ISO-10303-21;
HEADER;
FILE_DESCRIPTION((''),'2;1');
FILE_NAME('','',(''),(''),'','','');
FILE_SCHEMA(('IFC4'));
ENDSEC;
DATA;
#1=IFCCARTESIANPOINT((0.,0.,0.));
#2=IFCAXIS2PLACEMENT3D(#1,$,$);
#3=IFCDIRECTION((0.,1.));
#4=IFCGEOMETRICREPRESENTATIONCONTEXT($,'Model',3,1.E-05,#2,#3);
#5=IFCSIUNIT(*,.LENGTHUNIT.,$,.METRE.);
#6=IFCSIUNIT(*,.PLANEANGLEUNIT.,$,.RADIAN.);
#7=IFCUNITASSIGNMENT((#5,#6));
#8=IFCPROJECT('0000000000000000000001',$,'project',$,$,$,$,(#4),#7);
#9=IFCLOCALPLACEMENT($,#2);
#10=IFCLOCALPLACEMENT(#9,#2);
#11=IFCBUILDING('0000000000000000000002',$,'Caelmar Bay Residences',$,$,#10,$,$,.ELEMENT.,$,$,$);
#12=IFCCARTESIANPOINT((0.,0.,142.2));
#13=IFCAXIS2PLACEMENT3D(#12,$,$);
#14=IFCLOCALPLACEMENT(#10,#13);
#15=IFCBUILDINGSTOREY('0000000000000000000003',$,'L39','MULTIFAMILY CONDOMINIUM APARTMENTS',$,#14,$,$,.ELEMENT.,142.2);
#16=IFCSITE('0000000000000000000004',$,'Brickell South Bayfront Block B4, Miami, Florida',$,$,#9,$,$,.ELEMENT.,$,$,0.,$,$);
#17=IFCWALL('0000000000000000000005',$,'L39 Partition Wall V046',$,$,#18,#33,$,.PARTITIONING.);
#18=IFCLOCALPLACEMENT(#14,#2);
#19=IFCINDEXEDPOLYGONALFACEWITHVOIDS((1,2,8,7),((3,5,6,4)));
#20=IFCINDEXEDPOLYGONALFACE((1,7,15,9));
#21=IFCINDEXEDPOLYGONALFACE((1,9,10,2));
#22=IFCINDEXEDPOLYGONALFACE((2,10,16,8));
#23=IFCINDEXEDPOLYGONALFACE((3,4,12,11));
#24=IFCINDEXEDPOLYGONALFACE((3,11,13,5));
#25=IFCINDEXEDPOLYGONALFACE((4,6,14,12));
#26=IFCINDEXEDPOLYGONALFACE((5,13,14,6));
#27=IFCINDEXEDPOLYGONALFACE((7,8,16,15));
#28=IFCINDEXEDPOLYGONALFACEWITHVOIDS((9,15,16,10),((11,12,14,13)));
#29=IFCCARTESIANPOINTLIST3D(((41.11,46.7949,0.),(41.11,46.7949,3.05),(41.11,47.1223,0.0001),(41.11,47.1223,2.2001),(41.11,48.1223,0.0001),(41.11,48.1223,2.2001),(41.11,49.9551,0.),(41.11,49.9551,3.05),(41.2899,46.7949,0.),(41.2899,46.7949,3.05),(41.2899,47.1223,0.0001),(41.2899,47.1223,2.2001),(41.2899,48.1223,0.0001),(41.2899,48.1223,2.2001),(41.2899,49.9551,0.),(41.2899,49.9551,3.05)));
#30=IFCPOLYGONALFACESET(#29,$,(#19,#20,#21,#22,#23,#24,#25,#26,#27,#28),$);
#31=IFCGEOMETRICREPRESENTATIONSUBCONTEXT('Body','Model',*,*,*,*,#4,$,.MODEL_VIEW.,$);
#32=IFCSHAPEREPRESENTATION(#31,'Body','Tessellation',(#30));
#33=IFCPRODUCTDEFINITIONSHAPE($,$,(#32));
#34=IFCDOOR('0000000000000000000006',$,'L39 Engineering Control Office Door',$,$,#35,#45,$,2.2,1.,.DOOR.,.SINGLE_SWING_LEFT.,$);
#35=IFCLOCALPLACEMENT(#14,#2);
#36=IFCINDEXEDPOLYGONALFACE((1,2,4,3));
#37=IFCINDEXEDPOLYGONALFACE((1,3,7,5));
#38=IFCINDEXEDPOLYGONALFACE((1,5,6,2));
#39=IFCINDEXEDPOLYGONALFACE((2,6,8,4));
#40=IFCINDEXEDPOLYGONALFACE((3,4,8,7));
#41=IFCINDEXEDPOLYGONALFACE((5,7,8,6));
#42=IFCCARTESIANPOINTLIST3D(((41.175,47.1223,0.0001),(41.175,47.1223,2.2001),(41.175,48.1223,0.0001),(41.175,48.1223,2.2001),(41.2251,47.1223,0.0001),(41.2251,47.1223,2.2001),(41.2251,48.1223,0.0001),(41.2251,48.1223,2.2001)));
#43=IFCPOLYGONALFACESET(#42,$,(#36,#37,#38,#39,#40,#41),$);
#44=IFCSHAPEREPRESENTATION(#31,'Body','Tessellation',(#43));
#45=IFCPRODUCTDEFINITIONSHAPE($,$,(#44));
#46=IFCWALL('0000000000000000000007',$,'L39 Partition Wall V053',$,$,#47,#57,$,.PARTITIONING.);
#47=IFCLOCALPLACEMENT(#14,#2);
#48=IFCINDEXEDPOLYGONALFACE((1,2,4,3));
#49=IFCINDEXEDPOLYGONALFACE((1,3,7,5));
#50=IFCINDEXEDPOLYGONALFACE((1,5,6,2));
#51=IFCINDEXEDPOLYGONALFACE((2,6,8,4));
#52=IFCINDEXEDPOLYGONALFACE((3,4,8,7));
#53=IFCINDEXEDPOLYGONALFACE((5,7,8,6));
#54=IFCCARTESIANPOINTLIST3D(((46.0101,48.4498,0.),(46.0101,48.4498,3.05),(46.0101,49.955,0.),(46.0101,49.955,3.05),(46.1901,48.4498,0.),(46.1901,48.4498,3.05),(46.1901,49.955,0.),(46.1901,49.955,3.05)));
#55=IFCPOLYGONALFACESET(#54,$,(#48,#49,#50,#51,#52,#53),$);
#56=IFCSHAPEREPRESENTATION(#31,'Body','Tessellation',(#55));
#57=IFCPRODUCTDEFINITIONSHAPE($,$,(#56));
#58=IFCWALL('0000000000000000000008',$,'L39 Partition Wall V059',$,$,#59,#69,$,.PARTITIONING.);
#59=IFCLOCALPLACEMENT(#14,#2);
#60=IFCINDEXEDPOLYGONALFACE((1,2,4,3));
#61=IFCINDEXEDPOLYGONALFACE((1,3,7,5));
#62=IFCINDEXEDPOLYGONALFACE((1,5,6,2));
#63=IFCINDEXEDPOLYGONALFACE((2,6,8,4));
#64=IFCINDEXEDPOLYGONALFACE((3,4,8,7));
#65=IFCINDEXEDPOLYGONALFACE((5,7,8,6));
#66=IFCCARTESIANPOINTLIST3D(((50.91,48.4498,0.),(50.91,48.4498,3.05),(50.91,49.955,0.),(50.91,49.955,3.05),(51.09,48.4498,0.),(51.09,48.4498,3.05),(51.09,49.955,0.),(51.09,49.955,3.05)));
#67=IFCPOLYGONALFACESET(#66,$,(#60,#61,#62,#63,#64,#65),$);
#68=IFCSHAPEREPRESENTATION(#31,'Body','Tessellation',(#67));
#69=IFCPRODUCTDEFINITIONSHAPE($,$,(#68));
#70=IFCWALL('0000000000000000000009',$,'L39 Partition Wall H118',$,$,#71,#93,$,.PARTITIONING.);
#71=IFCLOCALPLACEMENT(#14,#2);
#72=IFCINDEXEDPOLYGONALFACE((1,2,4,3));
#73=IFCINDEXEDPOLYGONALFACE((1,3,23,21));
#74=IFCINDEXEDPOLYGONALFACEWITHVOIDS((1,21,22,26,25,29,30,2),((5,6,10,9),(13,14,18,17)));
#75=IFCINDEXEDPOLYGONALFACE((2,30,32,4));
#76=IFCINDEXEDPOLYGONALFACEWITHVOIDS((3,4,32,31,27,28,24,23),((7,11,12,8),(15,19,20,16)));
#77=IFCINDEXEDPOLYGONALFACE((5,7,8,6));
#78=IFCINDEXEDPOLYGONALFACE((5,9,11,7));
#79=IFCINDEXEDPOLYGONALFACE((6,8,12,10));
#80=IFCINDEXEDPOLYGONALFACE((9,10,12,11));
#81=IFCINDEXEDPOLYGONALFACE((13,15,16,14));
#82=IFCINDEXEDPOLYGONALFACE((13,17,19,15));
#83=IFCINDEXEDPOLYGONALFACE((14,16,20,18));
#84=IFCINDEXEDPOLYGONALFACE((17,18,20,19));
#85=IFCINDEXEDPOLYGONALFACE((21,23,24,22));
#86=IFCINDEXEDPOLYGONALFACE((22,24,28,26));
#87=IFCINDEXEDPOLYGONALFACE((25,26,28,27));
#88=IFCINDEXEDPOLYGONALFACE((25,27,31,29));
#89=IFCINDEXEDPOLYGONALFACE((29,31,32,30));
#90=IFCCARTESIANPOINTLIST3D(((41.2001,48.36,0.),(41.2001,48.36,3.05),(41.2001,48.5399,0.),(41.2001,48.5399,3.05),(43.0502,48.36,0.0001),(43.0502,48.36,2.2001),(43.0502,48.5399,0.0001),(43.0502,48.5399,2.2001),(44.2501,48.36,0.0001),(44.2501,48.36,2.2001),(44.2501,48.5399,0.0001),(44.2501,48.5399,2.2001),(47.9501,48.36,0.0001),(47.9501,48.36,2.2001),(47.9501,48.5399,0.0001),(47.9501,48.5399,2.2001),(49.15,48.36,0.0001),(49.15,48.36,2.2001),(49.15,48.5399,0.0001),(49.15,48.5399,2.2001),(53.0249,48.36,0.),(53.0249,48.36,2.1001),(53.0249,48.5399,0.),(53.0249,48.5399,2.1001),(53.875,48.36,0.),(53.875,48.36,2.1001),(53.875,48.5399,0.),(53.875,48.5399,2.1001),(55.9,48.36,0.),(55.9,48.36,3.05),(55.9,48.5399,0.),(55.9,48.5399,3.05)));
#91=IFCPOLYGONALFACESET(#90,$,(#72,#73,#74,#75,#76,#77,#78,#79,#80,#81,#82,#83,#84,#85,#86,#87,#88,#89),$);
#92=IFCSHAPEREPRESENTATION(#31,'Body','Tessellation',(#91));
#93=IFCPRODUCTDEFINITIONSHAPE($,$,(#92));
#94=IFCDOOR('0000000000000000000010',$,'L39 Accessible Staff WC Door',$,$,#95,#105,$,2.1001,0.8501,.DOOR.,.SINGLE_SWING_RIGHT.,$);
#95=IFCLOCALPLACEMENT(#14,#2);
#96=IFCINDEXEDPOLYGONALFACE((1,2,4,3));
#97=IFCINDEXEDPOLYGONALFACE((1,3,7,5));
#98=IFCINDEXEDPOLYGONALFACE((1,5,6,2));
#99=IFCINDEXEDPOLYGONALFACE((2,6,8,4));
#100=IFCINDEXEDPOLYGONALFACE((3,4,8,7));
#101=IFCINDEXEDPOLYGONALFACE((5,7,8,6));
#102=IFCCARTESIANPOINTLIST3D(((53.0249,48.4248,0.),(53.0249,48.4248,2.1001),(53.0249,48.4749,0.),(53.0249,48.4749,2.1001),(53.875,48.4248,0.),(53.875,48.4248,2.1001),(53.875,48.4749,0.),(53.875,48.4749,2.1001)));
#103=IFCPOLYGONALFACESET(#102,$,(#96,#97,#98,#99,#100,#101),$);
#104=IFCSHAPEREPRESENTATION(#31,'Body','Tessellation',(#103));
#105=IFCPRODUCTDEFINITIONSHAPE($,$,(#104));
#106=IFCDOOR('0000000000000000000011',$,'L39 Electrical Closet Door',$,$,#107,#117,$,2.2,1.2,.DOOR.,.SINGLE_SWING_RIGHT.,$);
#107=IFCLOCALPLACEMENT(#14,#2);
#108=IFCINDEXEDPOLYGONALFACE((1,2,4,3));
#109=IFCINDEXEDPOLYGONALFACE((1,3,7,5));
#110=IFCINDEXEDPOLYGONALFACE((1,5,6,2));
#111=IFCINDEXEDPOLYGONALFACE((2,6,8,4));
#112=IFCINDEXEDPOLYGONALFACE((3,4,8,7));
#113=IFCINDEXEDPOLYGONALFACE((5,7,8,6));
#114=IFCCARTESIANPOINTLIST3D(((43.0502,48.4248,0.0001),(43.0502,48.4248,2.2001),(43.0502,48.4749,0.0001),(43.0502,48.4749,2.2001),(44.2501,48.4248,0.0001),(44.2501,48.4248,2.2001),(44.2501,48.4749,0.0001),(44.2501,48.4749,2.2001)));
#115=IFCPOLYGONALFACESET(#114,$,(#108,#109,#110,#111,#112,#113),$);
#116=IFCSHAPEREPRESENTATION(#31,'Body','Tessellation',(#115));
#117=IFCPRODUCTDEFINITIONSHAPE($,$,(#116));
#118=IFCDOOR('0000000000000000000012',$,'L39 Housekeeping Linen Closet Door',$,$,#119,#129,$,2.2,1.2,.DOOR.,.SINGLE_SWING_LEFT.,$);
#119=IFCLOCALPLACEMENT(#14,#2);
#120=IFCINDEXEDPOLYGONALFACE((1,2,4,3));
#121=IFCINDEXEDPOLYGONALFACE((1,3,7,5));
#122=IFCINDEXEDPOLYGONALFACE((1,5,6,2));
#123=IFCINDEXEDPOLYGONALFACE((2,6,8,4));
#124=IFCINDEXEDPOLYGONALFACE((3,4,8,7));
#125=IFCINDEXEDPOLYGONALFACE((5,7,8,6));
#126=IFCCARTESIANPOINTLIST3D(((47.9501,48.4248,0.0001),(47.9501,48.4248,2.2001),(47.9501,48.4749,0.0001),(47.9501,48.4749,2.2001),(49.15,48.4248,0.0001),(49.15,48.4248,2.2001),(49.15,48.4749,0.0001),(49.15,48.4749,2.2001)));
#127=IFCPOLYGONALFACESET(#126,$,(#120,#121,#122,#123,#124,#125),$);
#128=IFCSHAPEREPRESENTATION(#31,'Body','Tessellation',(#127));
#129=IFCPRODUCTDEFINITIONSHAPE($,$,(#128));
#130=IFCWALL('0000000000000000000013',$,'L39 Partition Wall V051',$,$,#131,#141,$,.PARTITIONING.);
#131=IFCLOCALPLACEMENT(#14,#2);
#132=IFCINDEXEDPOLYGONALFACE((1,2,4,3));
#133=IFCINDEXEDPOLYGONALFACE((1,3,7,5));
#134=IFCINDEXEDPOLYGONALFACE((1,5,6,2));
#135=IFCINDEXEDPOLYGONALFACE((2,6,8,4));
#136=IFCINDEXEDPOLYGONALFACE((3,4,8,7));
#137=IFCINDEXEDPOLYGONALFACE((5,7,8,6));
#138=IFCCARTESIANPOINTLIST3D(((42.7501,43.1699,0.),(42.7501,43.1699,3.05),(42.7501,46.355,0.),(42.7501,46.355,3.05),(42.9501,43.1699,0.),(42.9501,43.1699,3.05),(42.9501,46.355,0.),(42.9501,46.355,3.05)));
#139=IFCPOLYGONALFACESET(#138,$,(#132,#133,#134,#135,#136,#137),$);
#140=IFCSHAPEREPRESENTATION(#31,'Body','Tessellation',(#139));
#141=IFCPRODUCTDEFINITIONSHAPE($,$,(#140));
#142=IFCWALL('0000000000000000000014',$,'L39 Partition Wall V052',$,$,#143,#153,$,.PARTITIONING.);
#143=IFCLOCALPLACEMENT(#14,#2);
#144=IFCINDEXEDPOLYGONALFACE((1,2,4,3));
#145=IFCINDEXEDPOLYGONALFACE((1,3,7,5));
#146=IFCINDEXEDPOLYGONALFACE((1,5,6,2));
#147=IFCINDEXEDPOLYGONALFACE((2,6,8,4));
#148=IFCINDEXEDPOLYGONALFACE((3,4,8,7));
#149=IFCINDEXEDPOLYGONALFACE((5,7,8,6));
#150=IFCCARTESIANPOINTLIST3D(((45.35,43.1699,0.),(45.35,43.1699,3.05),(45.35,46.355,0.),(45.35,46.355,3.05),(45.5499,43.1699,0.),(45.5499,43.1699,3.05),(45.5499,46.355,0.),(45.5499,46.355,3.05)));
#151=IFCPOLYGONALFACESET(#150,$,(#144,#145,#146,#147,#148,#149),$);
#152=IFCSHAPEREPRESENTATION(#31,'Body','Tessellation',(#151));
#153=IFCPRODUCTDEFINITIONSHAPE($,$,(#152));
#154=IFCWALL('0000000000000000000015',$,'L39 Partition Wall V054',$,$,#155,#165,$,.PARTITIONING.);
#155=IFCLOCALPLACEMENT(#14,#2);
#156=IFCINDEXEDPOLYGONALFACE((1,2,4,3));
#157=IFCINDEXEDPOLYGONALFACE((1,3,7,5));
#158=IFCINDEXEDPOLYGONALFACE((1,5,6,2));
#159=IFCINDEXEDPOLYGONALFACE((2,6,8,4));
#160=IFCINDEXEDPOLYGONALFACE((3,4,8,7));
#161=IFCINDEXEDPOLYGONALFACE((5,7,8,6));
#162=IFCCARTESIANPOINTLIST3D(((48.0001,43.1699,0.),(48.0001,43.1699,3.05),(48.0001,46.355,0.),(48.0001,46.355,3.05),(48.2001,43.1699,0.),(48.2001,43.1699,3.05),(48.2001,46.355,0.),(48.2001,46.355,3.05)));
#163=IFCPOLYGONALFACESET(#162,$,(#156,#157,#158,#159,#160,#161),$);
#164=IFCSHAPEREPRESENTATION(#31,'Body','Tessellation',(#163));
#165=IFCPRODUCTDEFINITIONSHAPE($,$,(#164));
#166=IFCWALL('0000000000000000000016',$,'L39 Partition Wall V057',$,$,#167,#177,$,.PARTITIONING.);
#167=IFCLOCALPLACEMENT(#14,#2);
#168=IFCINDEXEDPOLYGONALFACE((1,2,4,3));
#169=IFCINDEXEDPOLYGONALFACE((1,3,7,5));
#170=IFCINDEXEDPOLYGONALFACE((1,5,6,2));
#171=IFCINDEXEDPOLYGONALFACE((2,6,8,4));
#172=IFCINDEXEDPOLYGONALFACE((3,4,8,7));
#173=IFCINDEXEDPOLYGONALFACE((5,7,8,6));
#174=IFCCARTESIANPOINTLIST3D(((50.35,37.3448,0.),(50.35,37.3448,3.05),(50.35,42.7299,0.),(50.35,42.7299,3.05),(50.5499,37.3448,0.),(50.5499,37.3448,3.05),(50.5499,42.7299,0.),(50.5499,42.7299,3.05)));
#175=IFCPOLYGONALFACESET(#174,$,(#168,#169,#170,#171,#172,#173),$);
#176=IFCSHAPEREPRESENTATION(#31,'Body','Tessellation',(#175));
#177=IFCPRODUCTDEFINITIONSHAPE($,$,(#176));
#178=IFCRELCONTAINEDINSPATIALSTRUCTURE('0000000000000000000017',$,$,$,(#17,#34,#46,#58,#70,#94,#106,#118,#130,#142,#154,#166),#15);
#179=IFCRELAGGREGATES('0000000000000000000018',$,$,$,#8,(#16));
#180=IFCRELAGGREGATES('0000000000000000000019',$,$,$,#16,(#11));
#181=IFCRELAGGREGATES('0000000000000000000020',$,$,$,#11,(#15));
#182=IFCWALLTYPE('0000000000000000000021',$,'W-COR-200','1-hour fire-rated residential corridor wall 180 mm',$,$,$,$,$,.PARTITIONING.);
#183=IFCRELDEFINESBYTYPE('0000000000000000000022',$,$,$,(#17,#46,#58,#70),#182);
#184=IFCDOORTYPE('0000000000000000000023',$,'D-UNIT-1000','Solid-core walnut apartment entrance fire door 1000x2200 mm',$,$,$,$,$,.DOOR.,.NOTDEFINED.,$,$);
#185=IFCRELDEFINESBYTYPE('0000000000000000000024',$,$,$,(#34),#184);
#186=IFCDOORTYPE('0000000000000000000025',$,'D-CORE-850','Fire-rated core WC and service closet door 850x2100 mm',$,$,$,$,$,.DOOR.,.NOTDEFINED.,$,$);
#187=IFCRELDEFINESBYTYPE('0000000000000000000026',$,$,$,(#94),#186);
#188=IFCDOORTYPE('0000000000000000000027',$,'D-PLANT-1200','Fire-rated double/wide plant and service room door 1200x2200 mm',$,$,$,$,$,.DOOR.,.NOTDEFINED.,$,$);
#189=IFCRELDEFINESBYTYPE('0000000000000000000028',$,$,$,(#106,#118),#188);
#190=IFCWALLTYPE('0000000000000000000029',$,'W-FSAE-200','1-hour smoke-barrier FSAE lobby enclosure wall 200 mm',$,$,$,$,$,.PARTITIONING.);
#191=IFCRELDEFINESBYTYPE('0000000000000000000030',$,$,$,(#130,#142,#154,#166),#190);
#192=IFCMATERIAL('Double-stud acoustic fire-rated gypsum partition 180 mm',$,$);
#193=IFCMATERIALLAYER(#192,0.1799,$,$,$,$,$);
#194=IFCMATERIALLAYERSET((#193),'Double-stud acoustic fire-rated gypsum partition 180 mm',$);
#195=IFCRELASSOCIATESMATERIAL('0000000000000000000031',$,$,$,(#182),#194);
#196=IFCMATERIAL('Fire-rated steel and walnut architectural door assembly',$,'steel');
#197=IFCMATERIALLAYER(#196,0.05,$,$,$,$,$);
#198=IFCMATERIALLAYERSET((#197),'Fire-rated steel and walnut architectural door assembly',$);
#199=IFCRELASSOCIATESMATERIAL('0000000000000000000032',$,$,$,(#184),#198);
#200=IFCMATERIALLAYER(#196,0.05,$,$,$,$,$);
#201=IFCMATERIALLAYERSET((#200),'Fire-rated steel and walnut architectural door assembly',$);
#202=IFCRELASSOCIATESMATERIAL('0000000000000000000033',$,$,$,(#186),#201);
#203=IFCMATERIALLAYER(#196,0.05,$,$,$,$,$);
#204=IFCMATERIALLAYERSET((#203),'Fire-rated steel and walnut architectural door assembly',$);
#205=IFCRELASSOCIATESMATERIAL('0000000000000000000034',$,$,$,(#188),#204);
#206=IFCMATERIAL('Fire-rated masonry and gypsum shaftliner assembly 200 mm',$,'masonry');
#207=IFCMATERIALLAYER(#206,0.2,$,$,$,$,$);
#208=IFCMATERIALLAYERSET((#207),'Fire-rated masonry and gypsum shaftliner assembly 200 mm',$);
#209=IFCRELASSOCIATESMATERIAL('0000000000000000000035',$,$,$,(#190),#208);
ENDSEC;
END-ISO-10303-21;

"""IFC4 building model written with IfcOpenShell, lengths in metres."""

from ifc_helpers import new_model, si_unit, direction, frame, frame_2d, origin, place, context, subcontext, project, spatial, rectangle, extrude, material, layer, layer_set, type_object, element, fill, save


model = new_model("IFC4")

# Units and contexts
model_context = context("Model", 3, precision=1e-05, world=origin(), true_north=direction((0.0, 1.0)))
body_context = subcontext(model_context, "Body", "Model", "MODEL_VIEW")
ifc_project = project(units=[si_unit("LENGTHUNIT", "METRE"), si_unit("PLANEANGLEUNIT", "RADIAN")], contexts=[model_context])

# Site, building, storey
site_placement = place(None, origin())
site = spatial("IfcSite", under=ifc_project, at=site_placement, Name="Brickell South Bayfront Block B4, Miami, Florida", CompositionType="ELEMENT", RefElevation=0.0)
building_placement = place(site_placement, origin())
building = spatial("IfcBuilding", under=site, at=building_placement, Name="Caelmar Bay Residences", CompositionType="ELEMENT")
storey_placement = place(building_placement, frame((0.0, 0.0, 142.2)))
storey = spatial("IfcBuildingStorey", under=building, at=storey_placement, Name="L39", Description="MULTIFAMILY CONDOMINIUM APARTMENTS", CompositionType="ELEMENT", Elevation=142.2)

# Wall, opening, door
ifc_material_1 = material(Name="Double-stud acoustic fire-rated gypsum partition 180 mm")
ifc_layer_1 = layer(ifc_material_1, 0.1799)
ifc_layer_set_1 = layer_set([ifc_layer_1], Name="Double-stud acoustic fire-rated gypsum partition 180 mm")
wall_type_1 = type_object("IfcWallType", Name="W-COR-200", Description="1-hour fire-rated residential corridor wall 180 mm", PredefinedType="PARTITIONING", material=ifc_layer_set_1)
wall_1_placement = place(storey_placement, frame((41.2, 46.7949, 0.0), z_axis=(0.0, 0.0, 1.0), x_axis=(0.0, 1.0, 0.0)))
wall_1 = element("IfcWall", 1, at=wall_1_placement, inside=storey, type_object=wall_type_1, Name="L39 Partition Wall V046", PredefinedType="PARTITIONING", context=body_context, shape_type="SweptSolid", body=[
    extrude(rectangle(XDim=3.1602, YDim=0.1799, at=frame_2d((1.5801, 0.0))), origin(), (0.0, 0.0, 1.0), 3.05),
])
opening_1_placement = place(wall_1_placement, frame((0.3274, 0.0, 0.0)))
opening_1 = element("IfcOpeningElement", 2, at=opening_1_placement, cuts=wall_1, PredefinedType="OPENING", context=body_context, shape_type="SweptSolid", body=[
    extrude(rectangle(XDim=1.0, YDim=2.2, at=frame_2d((0.5, 1.1001))), frame((0.0, 0.0999, 0.0), z_axis=(0.0, -1.0, 0.0), x_axis=(1.0, 0.0, 0.0)), (0.0, 0.0, 1.0), 0.2),
])
ifc_material_2 = material(Name="Fire-rated steel and walnut architectural door assembly", Category="steel")
ifc_layer_2 = layer(ifc_material_2, 0.05)
ifc_layer_set_2 = layer_set([ifc_layer_2], Name="Fire-rated steel and walnut architectural door assembly")
door_type_1 = type_object("IfcDoorType", Name="D-UNIT-1000", Description="Solid-core walnut apartment entrance fire door 1000x2200 mm", OperationType="NOTDEFINED", PredefinedType="DOOR", material=ifc_layer_set_2)
door_1_placement = place(opening_1_placement, origin())
door_1 = element("IfcDoor", 3, at=door_1_placement, inside=storey, type_object=door_type_1, Name="L39 Engineering Control Office Door", OperationType="SINGLE_SWING_LEFT", OverallHeight=2.2, OverallWidth=1.0, PredefinedType="DOOR", context=body_context, shape_type="SweptSolid", body=[
    extrude(rectangle(XDim=1.0, YDim=2.2, at=frame_2d((0.5, 1.1001))), frame((0.0, 0.0249, 0.0), z_axis=(0.0, -1.0, 0.0), x_axis=(1.0, 0.0, 0.0)), (0.0, 0.0, 1.0), 0.05),
])
fill(opening_1, door_1)

# Walls
for number, where, z_axis, x_axis, name in (
    (4, (46.1001, 48.45, 0.0), (0.0, 0.0, 1.0), (0.0, 1.0, 0.0), "L39 Partition Wall V053"),
    (5, (51.0, 48.45, 0.0), (0.0, 0.0, 1.0), (0.0, 1.0, 0.0), "L39 Partition Wall V059"),
):
    element("IfcWall", number, at=place(storey_placement, frame(where, z_axis=z_axis, x_axis=x_axis)), inside=storey, type_object=wall_type_1, Name=name, PredefinedType="PARTITIONING", context=body_context, shape_type="SweptSolid", body=[
        extrude(rectangle(XDim=1.5051, YDim=0.1799, at=frame_2d((0.7524, 0.0))), origin(), (0.0, 0.0, 1.0), 3.05),
    ])

# Wall, openings, doors
wall_2_placement = place(storey_placement, frame((41.2, 48.45, 0.0), z_axis=(0.0, 0.0, 1.0), x_axis=(1.0, 0.0, 0.0)))
wall_2 = element("IfcWall", 6, at=wall_2_placement, inside=storey, type_object=wall_type_1, Name="L39 Partition Wall H118", PredefinedType="PARTITIONING", context=body_context, shape_type="SweptSolid", body=[
    extrude(rectangle(XDim=14.7, YDim=0.1799, at=frame_2d((7.3501, 0.0))), origin(), (0.0, 0.0, 1.0), 3.05),
])
opening_2_placement = place(wall_2_placement, frame((1.8501, 0.0, 0.0)))
opening_2 = element("IfcOpeningElement", 7, at=opening_2_placement, cuts=wall_2, PredefinedType="OPENING", context=body_context, shape_type="SweptSolid", body=[
    extrude(rectangle(XDim=1.2, YDim=2.2, at=frame_2d((0.6001, 1.1001))), frame((0.0, 0.0999, 0.0), z_axis=(0.0, -1.0, 0.0), x_axis=(1.0, 0.0, 0.0)), (0.0, 0.0, 1.0), 0.2),
])
opening_3_placement = place(wall_2_placement, frame((6.75, 0.0, 0.0)))
opening_3 = element("IfcOpeningElement", 8, at=opening_3_placement, cuts=wall_2, PredefinedType="OPENING", context=body_context, shape_type="SweptSolid", body=[
    extrude(rectangle(XDim=1.2, YDim=2.2, at=frame_2d((0.6001, 1.1001))), frame((0.0, 0.0999, 0.0), z_axis=(0.0, -1.0, 0.0), x_axis=(1.0, 0.0, 0.0)), (0.0, 0.0, 1.0), 0.2),
])
opening_4_placement = place(wall_2_placement, frame((11.825, 0.0, 0.0)))
opening_4 = element("IfcOpeningElement", 9, at=opening_4_placement, cuts=wall_2, PredefinedType="OPENING", context=body_context, shape_type="SweptSolid", body=[
    extrude(rectangle(XDim=0.8501, YDim=2.1001, at=frame_2d((0.425, 1.05))), frame((0.0, 0.0999, 0.0), z_axis=(0.0, -1.0, 0.0), x_axis=(1.0, 0.0, 0.0)), (0.0, 0.0, 1.0), 0.2),
])
ifc_layer_3 = layer(ifc_material_2, 0.05)
ifc_layer_set_3 = layer_set([ifc_layer_3], Name="Fire-rated steel and walnut architectural door assembly")
door_type_2 = type_object("IfcDoorType", Name="D-CORE-850", Description="Fire-rated core WC and service closet door 850x2100 mm", OperationType="NOTDEFINED", PredefinedType="DOOR", material=ifc_layer_set_3)
door_2_placement = place(opening_4_placement, origin())
door_2 = element("IfcDoor", 10, at=door_2_placement, inside=storey, type_object=door_type_2, Name="L39 Accessible Staff WC Door", OperationType="SINGLE_SWING_RIGHT", OverallHeight=2.1001, OverallWidth=0.8501, PredefinedType="DOOR", context=body_context, shape_type="SweptSolid", body=[
    extrude(rectangle(XDim=0.8501, YDim=2.1001, at=frame_2d((0.425, 1.05))), frame((0.0, 0.0249, 0.0), z_axis=(0.0, -1.0, 0.0), x_axis=(1.0, 0.0, 0.0)), (0.0, 0.0, 1.0), 0.05),
])
fill(opening_4, door_2)
ifc_layer_4 = layer(ifc_material_2, 0.05)
ifc_layer_set_4 = layer_set([ifc_layer_4], Name="Fire-rated steel and walnut architectural door assembly")
door_type_3 = type_object("IfcDoorType", Name="D-PLANT-1200", Description="Fire-rated double/wide plant and service room door 1200x2200 mm", OperationType="NOTDEFINED", PredefinedType="DOOR", material=ifc_layer_set_4)
door_3_placement = place(opening_2_placement, origin())
door_3 = element("IfcDoor", 11, at=door_3_placement, inside=storey, type_object=door_type_3, Name="L39 Electrical Closet Door", OperationType="SINGLE_SWING_RIGHT", OverallHeight=2.2, OverallWidth=1.2, PredefinedType="DOOR", context=body_context, shape_type="SweptSolid", body=[
    extrude(rectangle(XDim=1.2, YDim=2.2, at=frame_2d((0.6001, 1.1001))), frame((0.0, 0.0249, 0.0), z_axis=(0.0, -1.0, 0.0), x_axis=(1.0, 0.0, 0.0)), (0.0, 0.0, 1.0), 0.05),
])
fill(opening_2, door_3)
door_4_placement = place(opening_3_placement, origin())
door_4 = element("IfcDoor", 12, at=door_4_placement, inside=storey, type_object=door_type_3, Name="L39 Housekeeping Linen Closet Door", OperationType="SINGLE_SWING_LEFT", OverallHeight=2.2, OverallWidth=1.2, PredefinedType="DOOR", context=body_context, shape_type="SweptSolid", body=[
    extrude(rectangle(XDim=1.2, YDim=2.2, at=frame_2d((0.6001, 1.1001))), frame((0.0, 0.0249, 0.0), z_axis=(0.0, -1.0, 0.0), x_axis=(1.0, 0.0, 0.0)), (0.0, 0.0, 1.0), 0.05),
])
fill(opening_3, door_4)

# Walls
ifc_material_3 = material(Name="Fire-rated masonry and gypsum shaftliner assembly 200 mm", Category="masonry")
ifc_layer_5 = layer(ifc_material_3, 0.2)
ifc_layer_set_5 = layer_set([ifc_layer_5], Name="Fire-rated masonry and gypsum shaftliner assembly 200 mm")
wall_type_2 = type_object("IfcWallType", Name="W-FSAE-200", Description="1-hour smoke-barrier FSAE lobby enclosure wall 200 mm", PredefinedType="PARTITIONING", material=ifc_layer_set_5)
for number, where, z_axis, x_axis, name in (
    (13, (42.8501, 43.1699, 0.0), (0.0, 0.0, 1.0), (0.0, 1.0, 0.0), "L39 Partition Wall V051"),
    (14, (45.45, 43.1699, 0.0), (0.0, 0.0, 1.0), (0.0, 1.0, 0.0), "L39 Partition Wall V052"),
    (15, (48.1001, 43.1699, 0.0), (0.0, 0.0, 1.0), (0.0, 1.0, 0.0), "L39 Partition Wall V054"),
):
    element("IfcWall", number, at=place(storey_placement, frame(where, z_axis=z_axis, x_axis=x_axis)), inside=storey, type_object=wall_type_2, Name=name, PredefinedType="PARTITIONING", context=body_context, shape_type="SweptSolid", body=[
        extrude(rectangle(XDim=3.1851, YDim=0.2, at=frame_2d((1.5925, 0.0))), origin(), (0.0, 0.0, 1.0), 3.05),
    ])
wall_3_placement = place(storey_placement, frame((50.45, 37.345, 0.0), z_axis=(0.0, 0.0, 1.0), x_axis=(0.0, 1.0, 0.0)))
element("IfcWall", 16, at=wall_3_placement, inside=storey, type_object=wall_type_2, Name="L39 Partition Wall V057", PredefinedType="PARTITIONING", context=body_context, shape_type="SweptSolid", body=[
    extrude(rectangle(XDim=5.385, YDim=0.2, at=frame_2d((2.6924, 0.0))), origin(), (0.0, 0.0, 1.0), 3.05),
])

save(model, "model.ifc")
